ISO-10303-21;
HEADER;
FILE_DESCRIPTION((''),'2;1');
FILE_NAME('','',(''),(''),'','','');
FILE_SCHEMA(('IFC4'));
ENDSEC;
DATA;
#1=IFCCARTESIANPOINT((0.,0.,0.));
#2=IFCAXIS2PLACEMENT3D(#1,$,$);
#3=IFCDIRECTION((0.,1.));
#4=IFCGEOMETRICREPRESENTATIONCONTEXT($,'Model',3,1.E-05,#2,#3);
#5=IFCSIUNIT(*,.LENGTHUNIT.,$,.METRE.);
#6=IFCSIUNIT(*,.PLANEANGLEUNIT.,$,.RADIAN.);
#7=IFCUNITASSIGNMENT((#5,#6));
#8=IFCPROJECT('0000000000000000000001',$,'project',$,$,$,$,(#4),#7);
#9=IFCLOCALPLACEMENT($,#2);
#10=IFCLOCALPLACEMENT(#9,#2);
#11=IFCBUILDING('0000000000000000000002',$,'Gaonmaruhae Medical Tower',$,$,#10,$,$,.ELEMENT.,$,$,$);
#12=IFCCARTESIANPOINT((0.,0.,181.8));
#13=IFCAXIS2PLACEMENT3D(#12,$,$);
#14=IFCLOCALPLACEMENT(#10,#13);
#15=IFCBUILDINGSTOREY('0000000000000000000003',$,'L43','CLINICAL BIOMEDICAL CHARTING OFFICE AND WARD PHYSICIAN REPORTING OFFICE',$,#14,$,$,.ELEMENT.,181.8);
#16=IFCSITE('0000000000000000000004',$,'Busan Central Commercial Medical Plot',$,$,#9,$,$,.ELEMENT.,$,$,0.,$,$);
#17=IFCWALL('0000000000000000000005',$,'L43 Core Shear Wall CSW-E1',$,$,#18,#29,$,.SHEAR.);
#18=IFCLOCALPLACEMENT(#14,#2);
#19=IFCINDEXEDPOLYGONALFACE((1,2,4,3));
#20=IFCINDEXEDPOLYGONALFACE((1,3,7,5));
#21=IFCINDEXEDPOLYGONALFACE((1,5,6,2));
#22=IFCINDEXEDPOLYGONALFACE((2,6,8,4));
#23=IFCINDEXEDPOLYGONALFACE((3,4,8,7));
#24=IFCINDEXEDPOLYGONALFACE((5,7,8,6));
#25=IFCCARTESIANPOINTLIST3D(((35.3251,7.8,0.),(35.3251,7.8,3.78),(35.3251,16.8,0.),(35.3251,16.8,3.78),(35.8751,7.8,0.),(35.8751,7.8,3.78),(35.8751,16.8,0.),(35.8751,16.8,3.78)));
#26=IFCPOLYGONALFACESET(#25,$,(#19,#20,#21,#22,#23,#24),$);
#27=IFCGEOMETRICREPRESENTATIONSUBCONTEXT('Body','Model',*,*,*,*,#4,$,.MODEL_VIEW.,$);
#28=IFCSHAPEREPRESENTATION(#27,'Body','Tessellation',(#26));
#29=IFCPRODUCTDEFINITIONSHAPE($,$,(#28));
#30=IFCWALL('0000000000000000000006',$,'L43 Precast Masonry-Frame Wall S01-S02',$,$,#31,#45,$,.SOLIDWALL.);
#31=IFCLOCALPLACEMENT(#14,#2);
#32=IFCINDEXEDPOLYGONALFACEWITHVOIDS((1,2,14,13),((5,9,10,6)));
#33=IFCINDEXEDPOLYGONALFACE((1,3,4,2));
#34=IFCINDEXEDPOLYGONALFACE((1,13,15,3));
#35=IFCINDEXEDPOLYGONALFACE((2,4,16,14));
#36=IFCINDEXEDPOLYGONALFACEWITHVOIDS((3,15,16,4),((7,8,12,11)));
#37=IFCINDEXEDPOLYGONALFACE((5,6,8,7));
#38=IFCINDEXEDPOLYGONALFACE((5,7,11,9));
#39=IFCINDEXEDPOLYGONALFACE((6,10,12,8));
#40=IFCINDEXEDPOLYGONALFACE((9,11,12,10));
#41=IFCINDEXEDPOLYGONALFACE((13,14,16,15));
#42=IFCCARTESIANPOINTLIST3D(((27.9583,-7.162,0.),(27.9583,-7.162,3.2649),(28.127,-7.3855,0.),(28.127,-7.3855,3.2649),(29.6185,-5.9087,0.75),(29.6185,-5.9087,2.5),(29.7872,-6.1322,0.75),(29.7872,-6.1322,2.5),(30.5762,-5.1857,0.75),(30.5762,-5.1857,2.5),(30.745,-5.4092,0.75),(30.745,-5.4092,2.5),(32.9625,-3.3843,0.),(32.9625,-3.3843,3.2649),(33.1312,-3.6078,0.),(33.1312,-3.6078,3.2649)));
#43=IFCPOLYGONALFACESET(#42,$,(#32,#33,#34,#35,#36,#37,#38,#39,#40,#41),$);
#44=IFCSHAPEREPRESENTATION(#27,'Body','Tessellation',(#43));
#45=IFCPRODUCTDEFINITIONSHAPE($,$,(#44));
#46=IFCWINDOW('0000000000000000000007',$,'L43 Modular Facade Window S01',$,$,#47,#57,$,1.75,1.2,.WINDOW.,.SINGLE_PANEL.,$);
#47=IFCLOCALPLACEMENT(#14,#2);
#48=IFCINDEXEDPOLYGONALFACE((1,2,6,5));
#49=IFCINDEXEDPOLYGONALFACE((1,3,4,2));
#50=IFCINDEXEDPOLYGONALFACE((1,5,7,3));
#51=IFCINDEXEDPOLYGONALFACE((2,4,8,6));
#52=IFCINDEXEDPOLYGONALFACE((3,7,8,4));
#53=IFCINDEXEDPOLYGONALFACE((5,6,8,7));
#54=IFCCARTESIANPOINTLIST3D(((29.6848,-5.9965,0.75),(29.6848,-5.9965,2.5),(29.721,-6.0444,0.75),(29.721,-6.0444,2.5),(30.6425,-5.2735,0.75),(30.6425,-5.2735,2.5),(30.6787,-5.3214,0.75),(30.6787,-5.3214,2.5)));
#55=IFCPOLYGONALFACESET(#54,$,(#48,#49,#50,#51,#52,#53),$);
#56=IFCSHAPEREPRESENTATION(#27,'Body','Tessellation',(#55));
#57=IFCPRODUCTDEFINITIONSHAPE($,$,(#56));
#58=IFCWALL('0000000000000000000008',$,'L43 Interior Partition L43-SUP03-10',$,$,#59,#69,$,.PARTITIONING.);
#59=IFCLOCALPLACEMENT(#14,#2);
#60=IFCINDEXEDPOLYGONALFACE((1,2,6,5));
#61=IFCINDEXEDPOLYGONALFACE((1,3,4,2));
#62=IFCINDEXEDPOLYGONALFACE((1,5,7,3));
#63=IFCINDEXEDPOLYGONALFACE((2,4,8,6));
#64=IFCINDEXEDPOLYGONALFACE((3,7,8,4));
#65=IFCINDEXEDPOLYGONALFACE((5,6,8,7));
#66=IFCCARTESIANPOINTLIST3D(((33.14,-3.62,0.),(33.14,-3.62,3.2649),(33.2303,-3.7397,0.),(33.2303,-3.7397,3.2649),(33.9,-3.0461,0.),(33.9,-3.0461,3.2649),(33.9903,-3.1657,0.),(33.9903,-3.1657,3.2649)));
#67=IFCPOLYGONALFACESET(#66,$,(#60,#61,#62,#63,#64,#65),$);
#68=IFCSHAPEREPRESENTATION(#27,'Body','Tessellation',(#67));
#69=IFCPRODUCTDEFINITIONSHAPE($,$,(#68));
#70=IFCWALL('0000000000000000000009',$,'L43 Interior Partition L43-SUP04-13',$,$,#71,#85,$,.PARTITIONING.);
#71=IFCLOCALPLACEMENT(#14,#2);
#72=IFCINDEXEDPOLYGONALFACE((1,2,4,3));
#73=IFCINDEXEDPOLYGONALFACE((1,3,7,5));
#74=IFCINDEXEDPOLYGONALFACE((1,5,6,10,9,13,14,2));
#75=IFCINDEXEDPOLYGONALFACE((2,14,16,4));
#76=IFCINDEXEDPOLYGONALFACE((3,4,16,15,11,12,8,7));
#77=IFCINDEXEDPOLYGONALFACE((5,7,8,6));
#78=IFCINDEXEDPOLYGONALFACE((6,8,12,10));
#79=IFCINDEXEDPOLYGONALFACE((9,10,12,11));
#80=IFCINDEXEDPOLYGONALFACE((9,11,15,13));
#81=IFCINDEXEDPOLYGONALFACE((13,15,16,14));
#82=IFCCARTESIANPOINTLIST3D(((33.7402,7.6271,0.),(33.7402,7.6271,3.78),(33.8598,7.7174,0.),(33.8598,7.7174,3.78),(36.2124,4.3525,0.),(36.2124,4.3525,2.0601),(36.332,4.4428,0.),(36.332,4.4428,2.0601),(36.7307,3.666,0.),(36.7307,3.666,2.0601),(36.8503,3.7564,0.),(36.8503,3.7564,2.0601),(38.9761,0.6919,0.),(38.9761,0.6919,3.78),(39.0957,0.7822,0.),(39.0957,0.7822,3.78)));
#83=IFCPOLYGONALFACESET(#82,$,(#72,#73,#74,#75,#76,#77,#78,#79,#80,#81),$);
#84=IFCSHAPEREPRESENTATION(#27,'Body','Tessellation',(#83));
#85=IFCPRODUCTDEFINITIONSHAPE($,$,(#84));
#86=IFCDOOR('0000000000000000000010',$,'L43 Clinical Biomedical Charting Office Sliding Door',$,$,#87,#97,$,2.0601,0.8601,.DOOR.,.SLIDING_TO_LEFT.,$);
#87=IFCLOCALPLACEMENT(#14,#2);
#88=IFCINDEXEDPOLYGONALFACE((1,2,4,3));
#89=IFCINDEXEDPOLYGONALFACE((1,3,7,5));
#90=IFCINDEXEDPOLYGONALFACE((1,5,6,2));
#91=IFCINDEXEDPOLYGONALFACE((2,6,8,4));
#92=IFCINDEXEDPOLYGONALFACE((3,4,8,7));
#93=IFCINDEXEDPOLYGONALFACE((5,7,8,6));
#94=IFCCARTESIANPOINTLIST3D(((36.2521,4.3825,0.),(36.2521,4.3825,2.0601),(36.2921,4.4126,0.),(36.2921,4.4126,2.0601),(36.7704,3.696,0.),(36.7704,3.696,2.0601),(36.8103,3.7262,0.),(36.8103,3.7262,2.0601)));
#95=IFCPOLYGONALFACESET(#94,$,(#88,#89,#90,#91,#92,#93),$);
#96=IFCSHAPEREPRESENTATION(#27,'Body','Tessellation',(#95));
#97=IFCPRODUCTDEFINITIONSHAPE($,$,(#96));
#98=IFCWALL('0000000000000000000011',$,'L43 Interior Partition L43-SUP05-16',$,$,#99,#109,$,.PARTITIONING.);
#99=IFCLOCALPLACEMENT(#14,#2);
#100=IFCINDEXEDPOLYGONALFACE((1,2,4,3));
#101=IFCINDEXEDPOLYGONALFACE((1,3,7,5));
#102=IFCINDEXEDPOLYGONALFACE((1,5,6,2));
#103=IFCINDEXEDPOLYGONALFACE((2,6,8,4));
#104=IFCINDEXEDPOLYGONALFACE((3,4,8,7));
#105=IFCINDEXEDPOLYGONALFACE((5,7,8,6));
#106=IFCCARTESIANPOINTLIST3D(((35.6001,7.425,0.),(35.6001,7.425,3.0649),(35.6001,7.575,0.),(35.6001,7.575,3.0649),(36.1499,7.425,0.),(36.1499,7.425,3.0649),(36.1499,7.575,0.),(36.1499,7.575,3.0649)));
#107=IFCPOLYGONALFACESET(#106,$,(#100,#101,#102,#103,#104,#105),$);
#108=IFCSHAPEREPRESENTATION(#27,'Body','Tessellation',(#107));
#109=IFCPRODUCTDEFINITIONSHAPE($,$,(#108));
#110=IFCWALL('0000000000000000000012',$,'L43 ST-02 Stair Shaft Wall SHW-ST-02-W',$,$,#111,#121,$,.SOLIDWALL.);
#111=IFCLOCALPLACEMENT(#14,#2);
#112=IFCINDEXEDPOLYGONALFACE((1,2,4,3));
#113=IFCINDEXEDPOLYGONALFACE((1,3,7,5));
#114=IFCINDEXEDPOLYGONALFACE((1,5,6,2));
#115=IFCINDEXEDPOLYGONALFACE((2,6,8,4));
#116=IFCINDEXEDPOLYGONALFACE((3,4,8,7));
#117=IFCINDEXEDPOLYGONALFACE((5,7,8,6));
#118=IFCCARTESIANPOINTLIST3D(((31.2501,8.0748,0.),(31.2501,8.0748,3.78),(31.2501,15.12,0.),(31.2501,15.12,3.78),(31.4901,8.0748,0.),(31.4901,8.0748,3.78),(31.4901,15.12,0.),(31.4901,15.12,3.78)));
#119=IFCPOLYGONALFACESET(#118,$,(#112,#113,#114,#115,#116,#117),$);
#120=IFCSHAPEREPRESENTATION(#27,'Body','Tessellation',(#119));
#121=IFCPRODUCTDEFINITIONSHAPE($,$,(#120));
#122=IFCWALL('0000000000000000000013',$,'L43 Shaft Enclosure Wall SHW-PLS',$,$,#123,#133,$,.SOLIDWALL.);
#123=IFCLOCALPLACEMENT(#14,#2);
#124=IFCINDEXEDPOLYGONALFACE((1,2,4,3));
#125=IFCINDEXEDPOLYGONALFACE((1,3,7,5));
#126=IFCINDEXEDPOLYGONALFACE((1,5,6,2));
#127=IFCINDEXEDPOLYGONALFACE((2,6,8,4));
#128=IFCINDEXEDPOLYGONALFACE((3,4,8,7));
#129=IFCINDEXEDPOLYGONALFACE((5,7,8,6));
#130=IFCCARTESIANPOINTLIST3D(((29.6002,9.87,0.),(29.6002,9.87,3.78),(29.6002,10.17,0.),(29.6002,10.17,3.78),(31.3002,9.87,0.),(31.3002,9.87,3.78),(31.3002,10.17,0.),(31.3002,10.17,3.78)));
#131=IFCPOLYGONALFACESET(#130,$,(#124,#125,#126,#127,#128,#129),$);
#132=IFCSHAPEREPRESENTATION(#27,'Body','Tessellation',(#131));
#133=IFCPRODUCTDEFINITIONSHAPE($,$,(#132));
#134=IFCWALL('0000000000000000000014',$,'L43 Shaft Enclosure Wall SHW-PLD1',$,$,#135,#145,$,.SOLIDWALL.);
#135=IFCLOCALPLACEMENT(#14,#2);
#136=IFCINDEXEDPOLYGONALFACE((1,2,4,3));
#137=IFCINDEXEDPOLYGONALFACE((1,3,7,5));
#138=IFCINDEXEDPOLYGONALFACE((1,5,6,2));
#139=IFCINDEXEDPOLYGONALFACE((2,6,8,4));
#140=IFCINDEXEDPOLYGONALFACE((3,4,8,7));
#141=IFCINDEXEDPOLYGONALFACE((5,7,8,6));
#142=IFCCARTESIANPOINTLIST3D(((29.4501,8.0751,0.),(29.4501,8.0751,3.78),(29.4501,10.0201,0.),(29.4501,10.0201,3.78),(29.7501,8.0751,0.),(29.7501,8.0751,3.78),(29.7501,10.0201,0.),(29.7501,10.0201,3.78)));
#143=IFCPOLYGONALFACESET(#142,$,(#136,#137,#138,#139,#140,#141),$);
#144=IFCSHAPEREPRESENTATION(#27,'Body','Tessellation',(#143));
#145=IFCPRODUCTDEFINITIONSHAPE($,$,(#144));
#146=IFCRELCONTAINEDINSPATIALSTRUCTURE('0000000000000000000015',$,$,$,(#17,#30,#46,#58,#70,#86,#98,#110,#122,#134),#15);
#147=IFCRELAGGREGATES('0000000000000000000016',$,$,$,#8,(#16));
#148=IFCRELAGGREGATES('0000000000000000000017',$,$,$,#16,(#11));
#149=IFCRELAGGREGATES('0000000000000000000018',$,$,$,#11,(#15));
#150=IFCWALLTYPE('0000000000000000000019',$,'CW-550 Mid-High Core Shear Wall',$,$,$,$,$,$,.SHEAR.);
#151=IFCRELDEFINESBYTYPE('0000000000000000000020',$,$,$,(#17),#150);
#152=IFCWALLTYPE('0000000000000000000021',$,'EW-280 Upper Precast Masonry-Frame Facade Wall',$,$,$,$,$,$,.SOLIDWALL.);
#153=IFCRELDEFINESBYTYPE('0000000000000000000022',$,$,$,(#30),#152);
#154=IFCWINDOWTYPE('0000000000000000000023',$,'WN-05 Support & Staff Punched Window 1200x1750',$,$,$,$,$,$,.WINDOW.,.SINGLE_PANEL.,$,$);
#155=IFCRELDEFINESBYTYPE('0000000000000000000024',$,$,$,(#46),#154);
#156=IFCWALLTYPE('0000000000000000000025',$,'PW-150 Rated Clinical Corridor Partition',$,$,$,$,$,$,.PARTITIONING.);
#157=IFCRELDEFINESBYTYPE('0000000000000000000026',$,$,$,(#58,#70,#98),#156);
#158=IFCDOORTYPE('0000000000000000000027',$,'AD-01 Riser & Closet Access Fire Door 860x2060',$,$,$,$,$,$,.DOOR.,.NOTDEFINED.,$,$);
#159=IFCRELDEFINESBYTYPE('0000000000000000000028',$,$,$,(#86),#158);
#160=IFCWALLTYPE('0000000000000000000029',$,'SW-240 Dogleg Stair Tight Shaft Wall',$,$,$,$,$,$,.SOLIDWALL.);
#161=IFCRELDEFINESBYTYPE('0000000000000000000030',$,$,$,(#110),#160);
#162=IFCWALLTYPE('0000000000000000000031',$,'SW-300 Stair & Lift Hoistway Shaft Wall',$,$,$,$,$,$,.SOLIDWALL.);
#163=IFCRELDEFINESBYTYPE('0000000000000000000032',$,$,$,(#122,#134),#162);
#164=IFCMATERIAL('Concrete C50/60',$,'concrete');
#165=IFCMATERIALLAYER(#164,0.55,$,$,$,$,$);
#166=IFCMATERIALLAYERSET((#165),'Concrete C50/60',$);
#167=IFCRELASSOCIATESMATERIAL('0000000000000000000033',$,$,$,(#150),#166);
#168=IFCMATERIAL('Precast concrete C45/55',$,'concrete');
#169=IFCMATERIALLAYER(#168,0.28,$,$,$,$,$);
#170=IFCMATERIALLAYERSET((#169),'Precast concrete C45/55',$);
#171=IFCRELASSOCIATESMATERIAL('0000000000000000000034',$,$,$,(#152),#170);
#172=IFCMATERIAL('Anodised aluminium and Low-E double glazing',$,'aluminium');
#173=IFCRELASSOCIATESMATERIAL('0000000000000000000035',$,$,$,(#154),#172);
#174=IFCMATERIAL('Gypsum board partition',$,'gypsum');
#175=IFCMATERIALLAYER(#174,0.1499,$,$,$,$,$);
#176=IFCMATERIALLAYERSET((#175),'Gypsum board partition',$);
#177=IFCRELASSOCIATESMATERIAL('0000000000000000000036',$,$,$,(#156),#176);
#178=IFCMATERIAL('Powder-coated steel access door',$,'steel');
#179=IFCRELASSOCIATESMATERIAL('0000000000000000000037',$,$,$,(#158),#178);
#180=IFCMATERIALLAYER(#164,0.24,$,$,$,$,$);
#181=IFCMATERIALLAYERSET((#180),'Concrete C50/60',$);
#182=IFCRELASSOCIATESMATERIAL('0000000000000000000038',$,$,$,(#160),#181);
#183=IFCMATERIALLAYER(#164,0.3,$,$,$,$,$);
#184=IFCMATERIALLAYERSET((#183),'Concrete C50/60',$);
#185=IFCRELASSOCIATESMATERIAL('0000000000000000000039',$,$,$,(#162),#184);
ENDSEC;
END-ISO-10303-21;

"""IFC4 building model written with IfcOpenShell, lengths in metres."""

from ifc_helpers import new_model, si_unit, direction, frame, frame_2d, origin, place, context, subcontext, project, spatial, rectangle, extrude, material, layer, layer_set, type_object, element, fill, save


model = new_model("IFC4")

# Units and contexts
model_context = context("Model", 3, precision=1e-05, world=origin(), true_north=direction((0.0, 1.0)))
body_context = subcontext(model_context, "Body", "Model", "MODEL_VIEW")
ifc_project = project(units=[si_unit("LENGTHUNIT", "METRE"), si_unit("PLANEANGLEUNIT", "RADIAN")], contexts=[model_context])

# Site, building, storey
site_placement = place(None, origin())
site = spatial("IfcSite", under=ifc_project, at=site_placement, Name="Busan Central Commercial Medical Plot", CompositionType="ELEMENT", RefElevation=0.0)
building_placement = place(site_placement, origin())
building = spatial("IfcBuilding", under=site, at=building_placement, Name="Gaonmaruhae Medical Tower", CompositionType="ELEMENT")
storey_placement = place(building_placement, frame((0.0, 0.0, 181.8)))
storey = spatial("IfcBuildingStorey", under=building, at=storey_placement, Name="L43", Description="CLINICAL BIOMEDICAL CHARTING OFFICE AND WARD PHYSICIAN REPORTING OFFICE", CompositionType="ELEMENT", Elevation=181.8)

# Shared definitions
ifc_material_1 = material(Name="Concrete C50/60", Category="concrete")

# Wall
ifc_layer_1 = layer(ifc_material_1, 0.55)
ifc_layer_set_1 = layer_set([ifc_layer_1], Name="Concrete C50/60")
wall_type_1 = type_object("IfcWallType", Name="CW-550 Mid-High Core Shear Wall", PredefinedType="SHEAR", material=ifc_layer_set_1)
wall_1_placement = place(storey_placement, frame((35.6001, 7.8, 0.0), z_axis=(0.0, 0.0, 1.0), x_axis=(0.0, 1.0, 0.0)))
element("IfcWall", 1, at=wall_1_placement, inside=storey, type_object=wall_type_1, Name="L43 Core Shear Wall CSW-E1", PredefinedType="SHEAR", context=body_context, shape_type="SweptSolid", body=[
    extrude(rectangle(XDim=9.0, YDim=0.55, at=frame_2d((4.5, 0.0))), origin(), (0.0, 0.0, 1.0), 3.78),
])

# Wall, opening, window
ifc_material_2 = material(Name="Precast concrete C45/55", Category="concrete")
ifc_layer_2 = layer(ifc_material_2, 0.28)
ifc_layer_set_2 = layer_set([ifc_layer_2], Name="Precast concrete C45/55")
wall_type_2 = type_object("IfcWallType", Name="EW-280 Upper Precast Masonry-Frame Facade Wall", PredefinedType="SOLIDWALL", material=ifc_layer_set_2)
wall_2_placement = place(storey_placement, frame((33.0469, -3.4961, 0.0), z_axis=(0.0, 0.0, 1.0), x_axis=(-0.798122, -0.602495, 0.0)))
wall_2 = element("IfcWall", 2, at=wall_2_placement, inside=storey, type_object=wall_type_2, Name="L43 Precast Masonry-Frame Wall S01-S02", PredefinedType="SOLIDWALL", context=body_context, shape_type="SweptSolid", body=[
    extrude(rectangle(XDim=6.27, YDim=0.28, at=frame_2d((3.135, 0.0))), origin(), (0.0, 0.0, 1.0), 3.2649),
])
opening_1_placement = place(wall_2_placement, frame((2.9897, 0.0, 0.75)))
opening_1 = element("IfcOpeningElement", 3, at=opening_1_placement, cuts=wall_2, PredefinedType="OPENING", context=body_context, shape_type="SweptSolid", body=[
    extrude(rectangle(XDim=1.2, YDim=1.75, at=frame_2d((0.6001, 0.875))), frame((0.0, 0.1499, 0.0), z_axis=(0.0, -1.0, 0.0), x_axis=(1.0, 0.0, 0.0)), (0.0, 0.0, 1.0), 0.3),
])
ifc_material_3 = material(Name="Anodised aluminium and Low-E double glazing", Category="aluminium")
window_type = type_object("IfcWindowType", Name="WN-05 Support & Staff Punched Window 1200x1750", PartitioningType="SINGLE_PANEL", PredefinedType="WINDOW", material=ifc_material_3)
window_placement = place(opening_1_placement, origin())
window = element("IfcWindow", 4, at=window_placement, inside=storey, type_object=window_type, Name="L43 Modular Facade Window S01", OverallHeight=1.75, OverallWidth=1.2, PartitioningType="SINGLE_PANEL", PredefinedType="WINDOW", context=body_context, shape_type="SweptSolid", body=[
    extrude(rectangle(XDim=1.2, YDim=1.75, at=frame_2d((0.6001, 0.875))), frame((0.0, 0.03, 0.0), z_axis=(0.0, -1.0, 0.0), x_axis=(1.0, 0.0, 0.0)), (0.0, 0.0, 1.0), 0.0601),
])
fill(opening_1, window)

# Wall
ifc_material_4 = material(Name="Gypsum board partition", Category="gypsum")
ifc_layer_3 = layer(ifc_material_4, 0.1499)
ifc_layer_set_3 = layer_set([ifc_layer_3], Name="Gypsum board partition")
wall_type_3 = type_object("IfcWallType", Name="PW-150 Rated Clinical Corridor Partition", PredefinedType="PARTITIONING", material=ifc_layer_set_3)
wall_3_placement = place(storey_placement, frame((33.9451, -3.106, 0.0), z_axis=(0.0, 0.0, 1.0), x_axis=(-0.797996, -0.602663, 0.0)))
element("IfcWall", 5, at=wall_3_placement, inside=storey, type_object=wall_type_3, Name="L43 Interior Partition L43-SUP03-10", PredefinedType="PARTITIONING", context=body_context, shape_type="SweptSolid", body=[
    extrude(rectangle(XDim=0.9524, YDim=0.1499, at=frame_2d((0.4761, 0.0))), origin(), (0.0, 0.0, 1.0), 3.2649),
])

# Wall, opening, door
wall_4_placement = place(storey_placement, frame((33.8, 7.6721, 0.0), z_axis=(0.0, 0.0, 1.0), x_axis=(0.602541, -0.798088, 0.0)))
wall_4 = element("IfcWall", 6, at=wall_4_placement, inside=storey, type_object=wall_type_3, Name="L43 Interior Partition L43-SUP04-13", PredefinedType="PARTITIONING", context=body_context, shape_type="SweptSolid", body=[
    extrude(rectangle(XDim=8.6897, YDim=0.1499, at=frame_2d((4.3447, 0.0))), origin(), (0.0, 0.0, 1.0), 3.78),
])
opening_2_placement = place(wall_4_placement, frame((4.1028, 0.0, 0.0)))
opening_2 = element("IfcOpeningElement", 7, at=opening_2_placement, cuts=wall_4, PredefinedType="OPENING", context=body_context, shape_type="SweptSolid", body=[
    extrude(rectangle(XDim=0.8601, YDim=2.0601, at=frame_2d((0.4302, 1.03))), frame((0.0, 0.085, 0.0), z_axis=(0.0, -1.0, 0.0), x_axis=(1.0, 0.0, 0.0)), (0.0, 0.0, 1.0), 0.1699),
])
ifc_material_5 = material(Name="Powder-coated steel access door", Category="steel")
door_type = type_object("IfcDoorType", Name="AD-01 Riser & Closet Access Fire Door 860x2060", OperationType="NOTDEFINED", PredefinedType="DOOR", material=ifc_material_5)
door_placement = place(opening_2_placement, origin())
door = element("IfcDoor", 8, at=door_placement, inside=storey, type_object=door_type, Name="L43 Clinical Biomedical Charting Office Sliding Door", OperationType="SLIDING_TO_LEFT", OverallHeight=2.0601, OverallWidth=0.8601, PredefinedType="DOOR", context=body_context, shape_type="SweptSolid", body=[
    extrude(rectangle(XDim=0.8601, YDim=2.0601, at=frame_2d((0.4302, 1.03))), frame((0.0, 0.0249, 0.0), z_axis=(0.0, -1.0, 0.0), x_axis=(1.0, 0.0, 0.0)), (0.0, 0.0, 1.0), 0.05),
])
fill(opening_2, door)

# Walls
wall_5_placement = place(storey_placement, frame((35.6001, 7.5, 0.0), z_axis=(0.0, 0.0, 1.0), x_axis=(1.0, 0.0, 0.0)))
element("IfcWall", 9, at=wall_5_placement, inside=storey, type_object=wall_type_3, Name="L43 Interior Partition L43-SUP05-16", PredefinedType="PARTITIONING", context=body_context, shape_type="SweptSolid", body=[
    extrude(rectangle(XDim=0.5498, YDim=0.1499, at=frame_2d((0.2749, 0.0))), origin(), (0.0, 0.0, 1.0), 3.0649),
])
ifc_layer_4 = layer(ifc_material_1, 0.24)
ifc_layer_set_4 = layer_set([ifc_layer_4], Name="Concrete C50/60")
wall_type_4 = type_object("IfcWallType", Name="SW-240 Dogleg Stair Tight Shaft Wall", PredefinedType="SOLIDWALL", material=ifc_layer_set_4)
wall_6_placement = place(storey_placement, frame((31.3701, 8.075, 0.0), z_axis=(0.0, 0.0, 1.0), x_axis=(0.0, 1.0, 0.0)))
element("IfcWall", 10, at=wall_6_placement, inside=storey, type_object=wall_type_4, Name="L43 ST-02 Stair Shaft Wall SHW-ST-02-W", PredefinedType="SOLIDWALL", context=body_context, shape_type="SweptSolid", body=[
    extrude(rectangle(XDim=7.0452, YDim=0.24, at=frame_2d((3.5225, 0.0))), origin(), (0.0, 0.0, 1.0), 3.78),
])
ifc_layer_5 = layer(ifc_material_1, 0.3)
ifc_layer_set_5 = layer_set([ifc_layer_5], Name="Concrete C50/60")
wall_type_5 = type_object("IfcWallType", Name="SW-300 Stair & Lift Hoistway Shaft Wall", PredefinedType="SOLIDWALL", material=ifc_layer_set_5)
wall_7_placement = place(storey_placement, frame((29.6001, 10.02, 0.0), z_axis=(0.0, 0.0, 1.0), x_axis=(1.0, 0.0, 0.0)))
element("IfcWall", 11, at=wall_7_placement, inside=storey, type_object=wall_type_5, Name="L43 Shaft Enclosure Wall SHW-PLS", PredefinedType="SOLIDWALL", context=body_context, shape_type="SweptSolid", body=[
    extrude(rectangle(XDim=1.7, YDim=0.3, at=frame_2d((0.8501, 0.0))), origin(), (0.0, 0.0, 1.0), 3.78),
])
wall_8_placement = place(storey_placement, frame((29.6001, 8.075, 0.0), z_axis=(0.0, 0.0, 1.0), x_axis=(0.0, 1.0, 0.0)))
element("IfcWall", 12, at=wall_8_placement, inside=storey, type_object=wall_type_5, Name="L43 Shaft Enclosure Wall SHW-PLD1", PredefinedType="SOLIDWALL", context=body_context, shape_type="SweptSolid", body=[
    extrude(rectangle(XDim=1.9451, YDim=0.3, at=frame_2d((0.9727, 0.0))), origin(), (0.0, 0.0, 1.0), 3.78),
])

save(model, "model.ifc")
